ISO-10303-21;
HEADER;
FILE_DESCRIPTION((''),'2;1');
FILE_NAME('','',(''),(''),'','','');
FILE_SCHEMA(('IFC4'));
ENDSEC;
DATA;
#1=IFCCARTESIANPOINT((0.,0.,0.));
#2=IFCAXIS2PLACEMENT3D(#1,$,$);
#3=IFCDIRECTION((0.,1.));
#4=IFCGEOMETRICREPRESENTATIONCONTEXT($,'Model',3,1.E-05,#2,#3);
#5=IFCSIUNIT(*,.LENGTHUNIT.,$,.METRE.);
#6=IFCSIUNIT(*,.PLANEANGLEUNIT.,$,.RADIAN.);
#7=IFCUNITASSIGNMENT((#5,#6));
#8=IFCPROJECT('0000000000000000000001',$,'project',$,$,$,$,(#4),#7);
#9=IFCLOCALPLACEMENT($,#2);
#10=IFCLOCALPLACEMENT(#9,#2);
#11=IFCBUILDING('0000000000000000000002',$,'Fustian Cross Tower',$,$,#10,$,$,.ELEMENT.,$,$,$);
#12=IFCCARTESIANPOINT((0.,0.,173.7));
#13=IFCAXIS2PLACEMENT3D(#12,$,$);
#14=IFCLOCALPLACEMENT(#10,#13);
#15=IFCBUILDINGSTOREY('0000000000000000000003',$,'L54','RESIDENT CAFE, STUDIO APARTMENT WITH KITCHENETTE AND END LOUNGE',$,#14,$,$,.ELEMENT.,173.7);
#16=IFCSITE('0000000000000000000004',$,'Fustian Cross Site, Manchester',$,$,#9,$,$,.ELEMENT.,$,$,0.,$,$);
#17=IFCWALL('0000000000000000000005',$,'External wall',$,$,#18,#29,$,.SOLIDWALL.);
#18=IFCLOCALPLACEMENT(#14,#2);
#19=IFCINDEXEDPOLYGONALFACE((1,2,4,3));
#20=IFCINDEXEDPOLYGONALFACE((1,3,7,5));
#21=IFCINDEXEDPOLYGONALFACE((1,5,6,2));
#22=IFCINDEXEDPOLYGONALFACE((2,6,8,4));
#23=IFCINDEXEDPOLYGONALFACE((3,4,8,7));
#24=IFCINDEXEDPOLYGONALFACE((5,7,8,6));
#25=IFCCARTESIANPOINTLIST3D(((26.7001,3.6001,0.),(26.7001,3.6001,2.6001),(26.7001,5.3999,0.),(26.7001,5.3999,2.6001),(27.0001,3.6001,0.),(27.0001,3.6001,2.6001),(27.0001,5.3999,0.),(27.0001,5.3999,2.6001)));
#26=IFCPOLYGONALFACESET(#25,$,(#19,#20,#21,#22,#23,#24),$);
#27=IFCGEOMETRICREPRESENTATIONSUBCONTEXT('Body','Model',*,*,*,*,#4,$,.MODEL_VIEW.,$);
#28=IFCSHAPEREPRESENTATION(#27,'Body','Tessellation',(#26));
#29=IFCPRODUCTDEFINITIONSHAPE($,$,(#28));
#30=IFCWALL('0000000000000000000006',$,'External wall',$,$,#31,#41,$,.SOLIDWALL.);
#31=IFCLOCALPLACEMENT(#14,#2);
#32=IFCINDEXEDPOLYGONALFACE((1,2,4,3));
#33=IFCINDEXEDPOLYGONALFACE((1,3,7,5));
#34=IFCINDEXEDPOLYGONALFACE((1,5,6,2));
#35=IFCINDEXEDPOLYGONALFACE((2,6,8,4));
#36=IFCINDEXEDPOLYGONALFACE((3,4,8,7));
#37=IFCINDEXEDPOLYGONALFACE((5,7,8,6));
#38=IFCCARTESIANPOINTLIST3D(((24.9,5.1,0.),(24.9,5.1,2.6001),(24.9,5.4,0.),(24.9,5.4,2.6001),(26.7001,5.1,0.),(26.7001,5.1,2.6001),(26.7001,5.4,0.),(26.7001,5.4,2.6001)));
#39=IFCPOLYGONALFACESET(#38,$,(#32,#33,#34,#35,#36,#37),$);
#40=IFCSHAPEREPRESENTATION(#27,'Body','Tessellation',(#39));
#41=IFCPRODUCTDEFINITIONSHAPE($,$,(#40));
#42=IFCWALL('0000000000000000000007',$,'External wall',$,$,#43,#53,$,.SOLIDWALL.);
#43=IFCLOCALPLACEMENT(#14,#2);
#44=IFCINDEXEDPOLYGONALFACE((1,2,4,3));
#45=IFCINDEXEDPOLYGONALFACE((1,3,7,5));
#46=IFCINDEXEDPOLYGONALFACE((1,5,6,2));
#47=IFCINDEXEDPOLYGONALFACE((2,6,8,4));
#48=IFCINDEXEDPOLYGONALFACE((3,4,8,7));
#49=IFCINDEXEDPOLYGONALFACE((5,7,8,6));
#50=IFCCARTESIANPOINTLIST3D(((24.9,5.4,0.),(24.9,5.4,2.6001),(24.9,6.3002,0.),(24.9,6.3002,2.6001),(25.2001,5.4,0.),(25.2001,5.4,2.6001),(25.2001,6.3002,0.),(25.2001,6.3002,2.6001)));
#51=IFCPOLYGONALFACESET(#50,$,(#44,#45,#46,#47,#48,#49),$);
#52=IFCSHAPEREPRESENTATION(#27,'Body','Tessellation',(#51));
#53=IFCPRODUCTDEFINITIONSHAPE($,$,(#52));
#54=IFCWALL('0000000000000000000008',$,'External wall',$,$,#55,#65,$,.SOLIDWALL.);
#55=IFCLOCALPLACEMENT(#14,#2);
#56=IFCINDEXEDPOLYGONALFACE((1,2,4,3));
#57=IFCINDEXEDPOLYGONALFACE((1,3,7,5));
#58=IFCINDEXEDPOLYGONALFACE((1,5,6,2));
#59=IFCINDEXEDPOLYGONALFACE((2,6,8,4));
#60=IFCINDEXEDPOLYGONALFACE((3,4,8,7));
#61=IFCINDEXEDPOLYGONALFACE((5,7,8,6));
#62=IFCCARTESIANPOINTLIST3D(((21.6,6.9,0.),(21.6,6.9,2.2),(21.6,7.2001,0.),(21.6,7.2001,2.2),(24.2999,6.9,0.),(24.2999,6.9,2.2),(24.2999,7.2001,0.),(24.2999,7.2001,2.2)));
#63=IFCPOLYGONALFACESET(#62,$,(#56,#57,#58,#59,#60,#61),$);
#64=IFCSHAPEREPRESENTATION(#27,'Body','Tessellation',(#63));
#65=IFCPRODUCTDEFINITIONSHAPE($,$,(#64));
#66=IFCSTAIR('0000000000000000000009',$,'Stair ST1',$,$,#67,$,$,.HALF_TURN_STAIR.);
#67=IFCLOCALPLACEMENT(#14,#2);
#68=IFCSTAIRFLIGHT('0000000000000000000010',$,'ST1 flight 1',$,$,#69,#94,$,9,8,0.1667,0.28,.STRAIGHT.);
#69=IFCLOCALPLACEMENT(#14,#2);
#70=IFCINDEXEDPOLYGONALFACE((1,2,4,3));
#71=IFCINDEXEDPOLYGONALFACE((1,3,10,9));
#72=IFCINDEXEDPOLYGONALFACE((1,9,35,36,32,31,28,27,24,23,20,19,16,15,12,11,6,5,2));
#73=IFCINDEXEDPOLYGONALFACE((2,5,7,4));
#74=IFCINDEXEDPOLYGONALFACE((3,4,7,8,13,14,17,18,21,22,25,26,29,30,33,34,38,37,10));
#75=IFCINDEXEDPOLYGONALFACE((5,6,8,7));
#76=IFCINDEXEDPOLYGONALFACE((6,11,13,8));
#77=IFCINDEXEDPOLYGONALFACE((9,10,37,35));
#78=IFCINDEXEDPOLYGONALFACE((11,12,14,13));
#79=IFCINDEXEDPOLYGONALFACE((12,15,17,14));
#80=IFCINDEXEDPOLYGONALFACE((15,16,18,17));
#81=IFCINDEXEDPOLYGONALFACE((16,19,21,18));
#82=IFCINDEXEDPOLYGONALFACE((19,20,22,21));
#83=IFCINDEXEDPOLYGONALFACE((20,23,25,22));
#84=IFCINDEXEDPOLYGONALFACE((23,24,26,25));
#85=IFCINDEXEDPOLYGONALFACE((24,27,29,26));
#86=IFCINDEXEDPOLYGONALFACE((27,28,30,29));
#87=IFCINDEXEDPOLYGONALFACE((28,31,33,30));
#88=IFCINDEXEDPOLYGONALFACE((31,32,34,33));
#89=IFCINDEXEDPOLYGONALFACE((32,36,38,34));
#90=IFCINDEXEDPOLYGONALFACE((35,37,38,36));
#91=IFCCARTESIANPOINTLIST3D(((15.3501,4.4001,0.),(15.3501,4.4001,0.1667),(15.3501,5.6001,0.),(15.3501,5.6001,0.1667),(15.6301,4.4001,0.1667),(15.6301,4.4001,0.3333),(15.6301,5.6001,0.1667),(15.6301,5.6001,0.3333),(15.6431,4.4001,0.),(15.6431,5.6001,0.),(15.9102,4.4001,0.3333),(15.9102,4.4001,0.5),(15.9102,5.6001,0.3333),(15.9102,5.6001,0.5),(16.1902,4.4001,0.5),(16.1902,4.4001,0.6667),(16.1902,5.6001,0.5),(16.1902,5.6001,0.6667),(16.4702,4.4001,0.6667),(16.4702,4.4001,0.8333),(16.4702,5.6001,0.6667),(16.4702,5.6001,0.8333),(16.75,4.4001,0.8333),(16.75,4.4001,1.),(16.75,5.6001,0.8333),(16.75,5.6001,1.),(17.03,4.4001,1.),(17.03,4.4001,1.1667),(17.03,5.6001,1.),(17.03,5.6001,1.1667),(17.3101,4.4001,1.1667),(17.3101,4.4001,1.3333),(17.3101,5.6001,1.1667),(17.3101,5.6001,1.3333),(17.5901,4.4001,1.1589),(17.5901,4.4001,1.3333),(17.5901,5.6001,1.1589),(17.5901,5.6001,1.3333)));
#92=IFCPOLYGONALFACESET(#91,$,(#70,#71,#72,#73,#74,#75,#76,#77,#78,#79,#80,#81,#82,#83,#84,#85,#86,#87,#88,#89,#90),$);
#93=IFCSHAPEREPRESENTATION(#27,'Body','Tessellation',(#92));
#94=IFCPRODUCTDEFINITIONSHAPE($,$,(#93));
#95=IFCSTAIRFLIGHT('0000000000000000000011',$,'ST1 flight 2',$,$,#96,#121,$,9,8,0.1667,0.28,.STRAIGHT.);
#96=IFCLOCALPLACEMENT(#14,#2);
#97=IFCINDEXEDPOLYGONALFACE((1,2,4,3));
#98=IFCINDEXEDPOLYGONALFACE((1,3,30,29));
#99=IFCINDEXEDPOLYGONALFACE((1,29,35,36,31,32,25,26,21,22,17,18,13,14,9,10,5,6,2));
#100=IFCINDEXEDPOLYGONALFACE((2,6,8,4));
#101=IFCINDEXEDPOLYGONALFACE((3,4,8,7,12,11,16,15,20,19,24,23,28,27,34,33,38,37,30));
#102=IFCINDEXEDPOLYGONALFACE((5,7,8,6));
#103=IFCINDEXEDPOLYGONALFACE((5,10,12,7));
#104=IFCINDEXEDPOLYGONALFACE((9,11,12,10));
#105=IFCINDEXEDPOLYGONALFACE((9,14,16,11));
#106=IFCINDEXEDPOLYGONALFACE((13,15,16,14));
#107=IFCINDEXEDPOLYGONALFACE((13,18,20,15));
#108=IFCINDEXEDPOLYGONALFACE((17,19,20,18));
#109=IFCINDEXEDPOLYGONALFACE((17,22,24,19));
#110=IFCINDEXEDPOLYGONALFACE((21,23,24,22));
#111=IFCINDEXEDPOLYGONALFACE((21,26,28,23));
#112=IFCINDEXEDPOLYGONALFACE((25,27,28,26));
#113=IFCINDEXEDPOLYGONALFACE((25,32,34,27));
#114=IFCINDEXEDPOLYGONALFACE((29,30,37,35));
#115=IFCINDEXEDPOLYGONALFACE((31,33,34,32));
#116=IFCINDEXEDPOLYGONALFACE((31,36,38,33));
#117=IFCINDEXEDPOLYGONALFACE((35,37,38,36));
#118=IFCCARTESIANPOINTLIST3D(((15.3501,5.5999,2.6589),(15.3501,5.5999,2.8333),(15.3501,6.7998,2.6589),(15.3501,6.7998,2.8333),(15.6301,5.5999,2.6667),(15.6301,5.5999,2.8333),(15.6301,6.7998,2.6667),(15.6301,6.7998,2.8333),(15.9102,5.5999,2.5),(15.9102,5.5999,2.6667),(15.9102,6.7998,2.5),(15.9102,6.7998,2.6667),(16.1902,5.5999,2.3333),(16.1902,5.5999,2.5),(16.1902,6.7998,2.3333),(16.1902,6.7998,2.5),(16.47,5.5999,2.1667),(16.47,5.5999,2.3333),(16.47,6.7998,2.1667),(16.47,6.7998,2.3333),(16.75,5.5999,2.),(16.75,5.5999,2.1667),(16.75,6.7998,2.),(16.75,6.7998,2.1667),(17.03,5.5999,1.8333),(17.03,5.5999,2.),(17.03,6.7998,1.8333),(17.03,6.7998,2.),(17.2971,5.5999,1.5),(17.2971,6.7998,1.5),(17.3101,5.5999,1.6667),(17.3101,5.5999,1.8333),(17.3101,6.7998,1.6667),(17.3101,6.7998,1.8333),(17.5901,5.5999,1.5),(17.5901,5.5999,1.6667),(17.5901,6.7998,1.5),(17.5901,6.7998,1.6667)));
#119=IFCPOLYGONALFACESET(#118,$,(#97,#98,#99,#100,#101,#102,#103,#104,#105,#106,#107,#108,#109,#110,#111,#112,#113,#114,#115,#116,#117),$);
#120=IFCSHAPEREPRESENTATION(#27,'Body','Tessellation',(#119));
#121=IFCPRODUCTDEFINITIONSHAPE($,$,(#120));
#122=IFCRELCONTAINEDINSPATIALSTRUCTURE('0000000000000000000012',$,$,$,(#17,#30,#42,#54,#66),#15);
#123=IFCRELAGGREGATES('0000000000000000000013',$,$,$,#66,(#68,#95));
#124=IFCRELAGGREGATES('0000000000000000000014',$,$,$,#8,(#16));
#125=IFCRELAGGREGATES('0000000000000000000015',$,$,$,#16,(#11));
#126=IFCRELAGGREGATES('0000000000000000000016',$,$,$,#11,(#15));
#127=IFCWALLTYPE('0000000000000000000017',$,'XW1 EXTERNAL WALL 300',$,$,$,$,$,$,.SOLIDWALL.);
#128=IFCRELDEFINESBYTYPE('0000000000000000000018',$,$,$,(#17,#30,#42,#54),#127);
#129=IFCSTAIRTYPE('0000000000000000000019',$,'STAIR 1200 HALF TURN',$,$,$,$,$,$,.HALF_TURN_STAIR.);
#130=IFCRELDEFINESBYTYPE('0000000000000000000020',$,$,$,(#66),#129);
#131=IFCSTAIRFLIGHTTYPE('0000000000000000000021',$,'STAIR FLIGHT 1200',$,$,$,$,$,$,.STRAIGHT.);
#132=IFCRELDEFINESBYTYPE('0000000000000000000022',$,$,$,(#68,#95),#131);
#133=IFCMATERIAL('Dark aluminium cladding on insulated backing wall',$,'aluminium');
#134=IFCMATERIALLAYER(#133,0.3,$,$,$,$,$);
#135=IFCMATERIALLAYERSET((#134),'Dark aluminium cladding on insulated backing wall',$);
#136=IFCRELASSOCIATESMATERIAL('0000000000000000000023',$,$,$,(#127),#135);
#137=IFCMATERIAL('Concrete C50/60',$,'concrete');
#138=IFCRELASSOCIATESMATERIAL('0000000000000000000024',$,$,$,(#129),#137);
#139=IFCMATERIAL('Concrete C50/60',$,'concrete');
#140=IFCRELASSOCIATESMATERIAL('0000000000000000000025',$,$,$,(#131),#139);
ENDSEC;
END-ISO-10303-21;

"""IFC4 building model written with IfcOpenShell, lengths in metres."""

from ifc_helpers import new_model, si_unit, direction, frame, frame_2d, origin, place, context, subcontext, project, spatial, polyline, rectangle, outline, extrude, material, layer, layer_set, type_object, element, aggregate, save


model = new_model("IFC4")

# Units and contexts
model_context = context("Model", 3, precision=1e-05, world=origin(), true_north=direction((0.0, 1.0)))
body_context = subcontext(model_context, "Body", "Model", "MODEL_VIEW")
ifc_project = project(units=[si_unit("LENGTHUNIT", "METRE"), si_unit("PLANEANGLEUNIT", "RADIAN")], contexts=[model_context])

# Site, building, storey
site_placement = place(None, origin())
site = spatial("IfcSite", under=ifc_project, at=site_placement, Name="Fustian Cross Site, Manchester", CompositionType="ELEMENT", RefElevation=0.0)
building_placement = place(site_placement, origin())
building = spatial("IfcBuilding", under=site, at=building_placement, Name="Fustian Cross Tower", CompositionType="ELEMENT")
storey_placement = place(building_placement, frame((0.0, 0.0, 173.7)))
storey = spatial("IfcBuildingStorey", under=building, at=storey_placement, Name="L54", Description="RESIDENT CAFE, STUDIO APARTMENT WITH KITCHENETTE AND END LOUNGE", CompositionType="ELEMENT", Elevation=173.7)

# Walls
ifc_material_1 = material(Name="Dark aluminium cladding on insulated backing wall", Category="aluminium")
ifc_layer_1 = layer(ifc_material_1, 0.3)
ifc_layer_set_1 = layer_set([ifc_layer_1], Name="Dark aluminium cladding on insulated backing wall")
wall_type_1 = type_object("IfcWallType", Name="XW1 EXTERNAL WALL 300", PredefinedType="SOLIDWALL", material=ifc_layer_set_1)
wall_1_placement = place(storey_placement, frame((26.8501, 3.6001, 0.0), z_axis=(0.0, 0.0, 1.0), x_axis=(0.0, 1.0, 0.0)))
element("IfcWall", 1, at=wall_1_placement, inside=storey, type_object=wall_type_1, Name="External wall", PredefinedType="SOLIDWALL", context=body_context, shape_type="SweptSolid", body=[
    extrude(rectangle(XDim=1.7998, YDim=0.3, at=frame_2d((0.8999, 0.0))), origin(), (0.0, 0.0, 1.0), 2.6001),
])
wall_2_placement = place(storey_placement, frame((26.7, 5.25, 0.0), z_axis=(0.0, 0.0, 1.0), x_axis=(-1.0, 0.0, 0.0)))
element("IfcWall", 2, at=wall_2_placement, inside=storey, type_object=wall_type_1, Name="External wall", PredefinedType="SOLIDWALL", context=body_context, shape_type="SweptSolid", body=[
    extrude(rectangle(XDim=1.8, YDim=0.3, at=frame_2d((0.8999, 0.0))), origin(), (0.0, 0.0, 1.0), 2.6001),
])
wall_3_placement = place(storey_placement, frame((25.05, 5.3999, 0.0), z_axis=(0.0, 0.0, 1.0), x_axis=(0.0, 1.0, 0.0)))
element("IfcWall", 3, at=wall_3_placement, inside=storey, type_object=wall_type_1, Name="External wall", PredefinedType="SOLIDWALL", context=body_context, shape_type="SweptSolid", body=[
    extrude(rectangle(XDim=0.9001, YDim=0.3, at=frame_2d((0.4502, 0.0))), origin(), (0.0, 0.0, 1.0), 2.6001),
])
wall_4_placement = place(storey_placement, frame((24.3, 7.05, 0.0), z_axis=(0.0, 0.0, 1.0), x_axis=(-1.0, 0.0, 0.0)))
element("IfcWall", 4, at=wall_4_placement, inside=storey, type_object=wall_type_1, Name="External wall", PredefinedType="SOLIDWALL", context=body_context, shape_type="SweptSolid", body=[
    extrude(rectangle(XDim=2.7, YDim=0.3, at=frame_2d((1.3501, 0.0))), origin(), (0.0, 0.0, 1.0), 2.2),
])

# Stair, stair flights
ifc_material_2 = material(Name="Concrete C50/60", Category="concrete")
stair_type = type_object("IfcStairType", Name="STAIR 1200 HALF TURN", PredefinedType="HALF_TURN_STAIR", material=ifc_material_2)
stair_placement = place(storey_placement, origin())
stair = element("IfcStair", 5, at=stair_placement, inside=storey, type_object=stair_type, Name="Stair ST1", PredefinedType="HALF_TURN_STAIR")
ifc_material_3 = material(Name="Concrete C50/60", Category="concrete")
stair_flight_type = type_object("IfcStairFlightType", Name="STAIR FLIGHT 1200", PredefinedType="STRAIGHT", material=ifc_material_3)
stair_flight_1_placement = place(storey_placement, frame((15.3501, 5.0, 0.0), z_axis=(0.0, 0.0, 1.0), x_axis=(1.0, 0.0, 0.0)))
stair_flight_1 = element("IfcStairFlight", 6, at=stair_flight_1_placement, type_object=stair_flight_type, Name="ST1 flight 1", NumberOfRisers=9, NumberOfTreads=8, PredefinedType="STRAIGHT", RiserHeight=0.1667, TreadLength=0.28, context=body_context, shape_type="SweptSolid", body=[
    extrude(outline(polyline([(0.0, 0.0), (0.0, 0.1667), (0.28, 0.1667), (0.28, 0.3333), (0.5601, 0.3333), (0.5601, 0.5), (0.8401, 0.5), (0.8401, 0.6667), (1.1201, 0.6667), (1.1201, 0.8333), (1.3999, 0.8333), (1.3999, 1.0), (1.6799, 1.0), (1.6799, 1.1667), (1.96, 1.1667), (1.96, 1.3333), (2.24, 1.3333), (2.24, 1.5), (2.24, 1.1589), (0.293, 0.0), (0.0, 0.0)])), frame((0.0, 0.6001, 0.0), z_axis=(0.0, -1.0, 0.0), x_axis=(1.0, 0.0, 0.0)), (0.0, 0.0, 1.0), 1.2),
])
stair_flight_2_placement = place(storey_placement, frame((17.5901, 6.2, 1.5), z_axis=(0.0, 0.0, 1.0), x_axis=(-1.0, 0.0, 0.0)))
stair_flight_2 = element("IfcStairFlight", 7, at=stair_flight_2_placement, type_object=stair_flight_type, Name="ST1 flight 2", NumberOfRisers=9, NumberOfTreads=8, PredefinedType="STRAIGHT", RiserHeight=0.1667, TreadLength=0.28, context=body_context, shape_type="SweptSolid", body=[
    extrude(outline(polyline([(0.0, 0.0), (0.0, 0.1667), (0.28, 0.1667), (0.28, 0.3333), (0.5601, 0.3333), (0.5601, 0.5), (0.8401, 0.5), (0.8401, 0.6667), (1.1201, 0.6667), (1.1201, 0.8333), (1.3999, 0.8333), (1.3999, 1.0), (1.6799, 1.0), (1.6799, 1.1667), (1.96, 1.1667), (1.96, 1.3333), (2.24, 1.3333), (2.24, 1.5), (2.24, 1.1589), (0.293, 0.0), (0.0, 0.0)])), frame((0.0, 0.6001, 0.0), z_axis=(0.0, -1.0, 0.0), x_axis=(1.0, 0.0, 0.0)), (0.0, 0.0, 1.0), 1.2),
])
aggregate(stair, [stair_flight_1, stair_flight_2])

save(model, "model.ifc")
